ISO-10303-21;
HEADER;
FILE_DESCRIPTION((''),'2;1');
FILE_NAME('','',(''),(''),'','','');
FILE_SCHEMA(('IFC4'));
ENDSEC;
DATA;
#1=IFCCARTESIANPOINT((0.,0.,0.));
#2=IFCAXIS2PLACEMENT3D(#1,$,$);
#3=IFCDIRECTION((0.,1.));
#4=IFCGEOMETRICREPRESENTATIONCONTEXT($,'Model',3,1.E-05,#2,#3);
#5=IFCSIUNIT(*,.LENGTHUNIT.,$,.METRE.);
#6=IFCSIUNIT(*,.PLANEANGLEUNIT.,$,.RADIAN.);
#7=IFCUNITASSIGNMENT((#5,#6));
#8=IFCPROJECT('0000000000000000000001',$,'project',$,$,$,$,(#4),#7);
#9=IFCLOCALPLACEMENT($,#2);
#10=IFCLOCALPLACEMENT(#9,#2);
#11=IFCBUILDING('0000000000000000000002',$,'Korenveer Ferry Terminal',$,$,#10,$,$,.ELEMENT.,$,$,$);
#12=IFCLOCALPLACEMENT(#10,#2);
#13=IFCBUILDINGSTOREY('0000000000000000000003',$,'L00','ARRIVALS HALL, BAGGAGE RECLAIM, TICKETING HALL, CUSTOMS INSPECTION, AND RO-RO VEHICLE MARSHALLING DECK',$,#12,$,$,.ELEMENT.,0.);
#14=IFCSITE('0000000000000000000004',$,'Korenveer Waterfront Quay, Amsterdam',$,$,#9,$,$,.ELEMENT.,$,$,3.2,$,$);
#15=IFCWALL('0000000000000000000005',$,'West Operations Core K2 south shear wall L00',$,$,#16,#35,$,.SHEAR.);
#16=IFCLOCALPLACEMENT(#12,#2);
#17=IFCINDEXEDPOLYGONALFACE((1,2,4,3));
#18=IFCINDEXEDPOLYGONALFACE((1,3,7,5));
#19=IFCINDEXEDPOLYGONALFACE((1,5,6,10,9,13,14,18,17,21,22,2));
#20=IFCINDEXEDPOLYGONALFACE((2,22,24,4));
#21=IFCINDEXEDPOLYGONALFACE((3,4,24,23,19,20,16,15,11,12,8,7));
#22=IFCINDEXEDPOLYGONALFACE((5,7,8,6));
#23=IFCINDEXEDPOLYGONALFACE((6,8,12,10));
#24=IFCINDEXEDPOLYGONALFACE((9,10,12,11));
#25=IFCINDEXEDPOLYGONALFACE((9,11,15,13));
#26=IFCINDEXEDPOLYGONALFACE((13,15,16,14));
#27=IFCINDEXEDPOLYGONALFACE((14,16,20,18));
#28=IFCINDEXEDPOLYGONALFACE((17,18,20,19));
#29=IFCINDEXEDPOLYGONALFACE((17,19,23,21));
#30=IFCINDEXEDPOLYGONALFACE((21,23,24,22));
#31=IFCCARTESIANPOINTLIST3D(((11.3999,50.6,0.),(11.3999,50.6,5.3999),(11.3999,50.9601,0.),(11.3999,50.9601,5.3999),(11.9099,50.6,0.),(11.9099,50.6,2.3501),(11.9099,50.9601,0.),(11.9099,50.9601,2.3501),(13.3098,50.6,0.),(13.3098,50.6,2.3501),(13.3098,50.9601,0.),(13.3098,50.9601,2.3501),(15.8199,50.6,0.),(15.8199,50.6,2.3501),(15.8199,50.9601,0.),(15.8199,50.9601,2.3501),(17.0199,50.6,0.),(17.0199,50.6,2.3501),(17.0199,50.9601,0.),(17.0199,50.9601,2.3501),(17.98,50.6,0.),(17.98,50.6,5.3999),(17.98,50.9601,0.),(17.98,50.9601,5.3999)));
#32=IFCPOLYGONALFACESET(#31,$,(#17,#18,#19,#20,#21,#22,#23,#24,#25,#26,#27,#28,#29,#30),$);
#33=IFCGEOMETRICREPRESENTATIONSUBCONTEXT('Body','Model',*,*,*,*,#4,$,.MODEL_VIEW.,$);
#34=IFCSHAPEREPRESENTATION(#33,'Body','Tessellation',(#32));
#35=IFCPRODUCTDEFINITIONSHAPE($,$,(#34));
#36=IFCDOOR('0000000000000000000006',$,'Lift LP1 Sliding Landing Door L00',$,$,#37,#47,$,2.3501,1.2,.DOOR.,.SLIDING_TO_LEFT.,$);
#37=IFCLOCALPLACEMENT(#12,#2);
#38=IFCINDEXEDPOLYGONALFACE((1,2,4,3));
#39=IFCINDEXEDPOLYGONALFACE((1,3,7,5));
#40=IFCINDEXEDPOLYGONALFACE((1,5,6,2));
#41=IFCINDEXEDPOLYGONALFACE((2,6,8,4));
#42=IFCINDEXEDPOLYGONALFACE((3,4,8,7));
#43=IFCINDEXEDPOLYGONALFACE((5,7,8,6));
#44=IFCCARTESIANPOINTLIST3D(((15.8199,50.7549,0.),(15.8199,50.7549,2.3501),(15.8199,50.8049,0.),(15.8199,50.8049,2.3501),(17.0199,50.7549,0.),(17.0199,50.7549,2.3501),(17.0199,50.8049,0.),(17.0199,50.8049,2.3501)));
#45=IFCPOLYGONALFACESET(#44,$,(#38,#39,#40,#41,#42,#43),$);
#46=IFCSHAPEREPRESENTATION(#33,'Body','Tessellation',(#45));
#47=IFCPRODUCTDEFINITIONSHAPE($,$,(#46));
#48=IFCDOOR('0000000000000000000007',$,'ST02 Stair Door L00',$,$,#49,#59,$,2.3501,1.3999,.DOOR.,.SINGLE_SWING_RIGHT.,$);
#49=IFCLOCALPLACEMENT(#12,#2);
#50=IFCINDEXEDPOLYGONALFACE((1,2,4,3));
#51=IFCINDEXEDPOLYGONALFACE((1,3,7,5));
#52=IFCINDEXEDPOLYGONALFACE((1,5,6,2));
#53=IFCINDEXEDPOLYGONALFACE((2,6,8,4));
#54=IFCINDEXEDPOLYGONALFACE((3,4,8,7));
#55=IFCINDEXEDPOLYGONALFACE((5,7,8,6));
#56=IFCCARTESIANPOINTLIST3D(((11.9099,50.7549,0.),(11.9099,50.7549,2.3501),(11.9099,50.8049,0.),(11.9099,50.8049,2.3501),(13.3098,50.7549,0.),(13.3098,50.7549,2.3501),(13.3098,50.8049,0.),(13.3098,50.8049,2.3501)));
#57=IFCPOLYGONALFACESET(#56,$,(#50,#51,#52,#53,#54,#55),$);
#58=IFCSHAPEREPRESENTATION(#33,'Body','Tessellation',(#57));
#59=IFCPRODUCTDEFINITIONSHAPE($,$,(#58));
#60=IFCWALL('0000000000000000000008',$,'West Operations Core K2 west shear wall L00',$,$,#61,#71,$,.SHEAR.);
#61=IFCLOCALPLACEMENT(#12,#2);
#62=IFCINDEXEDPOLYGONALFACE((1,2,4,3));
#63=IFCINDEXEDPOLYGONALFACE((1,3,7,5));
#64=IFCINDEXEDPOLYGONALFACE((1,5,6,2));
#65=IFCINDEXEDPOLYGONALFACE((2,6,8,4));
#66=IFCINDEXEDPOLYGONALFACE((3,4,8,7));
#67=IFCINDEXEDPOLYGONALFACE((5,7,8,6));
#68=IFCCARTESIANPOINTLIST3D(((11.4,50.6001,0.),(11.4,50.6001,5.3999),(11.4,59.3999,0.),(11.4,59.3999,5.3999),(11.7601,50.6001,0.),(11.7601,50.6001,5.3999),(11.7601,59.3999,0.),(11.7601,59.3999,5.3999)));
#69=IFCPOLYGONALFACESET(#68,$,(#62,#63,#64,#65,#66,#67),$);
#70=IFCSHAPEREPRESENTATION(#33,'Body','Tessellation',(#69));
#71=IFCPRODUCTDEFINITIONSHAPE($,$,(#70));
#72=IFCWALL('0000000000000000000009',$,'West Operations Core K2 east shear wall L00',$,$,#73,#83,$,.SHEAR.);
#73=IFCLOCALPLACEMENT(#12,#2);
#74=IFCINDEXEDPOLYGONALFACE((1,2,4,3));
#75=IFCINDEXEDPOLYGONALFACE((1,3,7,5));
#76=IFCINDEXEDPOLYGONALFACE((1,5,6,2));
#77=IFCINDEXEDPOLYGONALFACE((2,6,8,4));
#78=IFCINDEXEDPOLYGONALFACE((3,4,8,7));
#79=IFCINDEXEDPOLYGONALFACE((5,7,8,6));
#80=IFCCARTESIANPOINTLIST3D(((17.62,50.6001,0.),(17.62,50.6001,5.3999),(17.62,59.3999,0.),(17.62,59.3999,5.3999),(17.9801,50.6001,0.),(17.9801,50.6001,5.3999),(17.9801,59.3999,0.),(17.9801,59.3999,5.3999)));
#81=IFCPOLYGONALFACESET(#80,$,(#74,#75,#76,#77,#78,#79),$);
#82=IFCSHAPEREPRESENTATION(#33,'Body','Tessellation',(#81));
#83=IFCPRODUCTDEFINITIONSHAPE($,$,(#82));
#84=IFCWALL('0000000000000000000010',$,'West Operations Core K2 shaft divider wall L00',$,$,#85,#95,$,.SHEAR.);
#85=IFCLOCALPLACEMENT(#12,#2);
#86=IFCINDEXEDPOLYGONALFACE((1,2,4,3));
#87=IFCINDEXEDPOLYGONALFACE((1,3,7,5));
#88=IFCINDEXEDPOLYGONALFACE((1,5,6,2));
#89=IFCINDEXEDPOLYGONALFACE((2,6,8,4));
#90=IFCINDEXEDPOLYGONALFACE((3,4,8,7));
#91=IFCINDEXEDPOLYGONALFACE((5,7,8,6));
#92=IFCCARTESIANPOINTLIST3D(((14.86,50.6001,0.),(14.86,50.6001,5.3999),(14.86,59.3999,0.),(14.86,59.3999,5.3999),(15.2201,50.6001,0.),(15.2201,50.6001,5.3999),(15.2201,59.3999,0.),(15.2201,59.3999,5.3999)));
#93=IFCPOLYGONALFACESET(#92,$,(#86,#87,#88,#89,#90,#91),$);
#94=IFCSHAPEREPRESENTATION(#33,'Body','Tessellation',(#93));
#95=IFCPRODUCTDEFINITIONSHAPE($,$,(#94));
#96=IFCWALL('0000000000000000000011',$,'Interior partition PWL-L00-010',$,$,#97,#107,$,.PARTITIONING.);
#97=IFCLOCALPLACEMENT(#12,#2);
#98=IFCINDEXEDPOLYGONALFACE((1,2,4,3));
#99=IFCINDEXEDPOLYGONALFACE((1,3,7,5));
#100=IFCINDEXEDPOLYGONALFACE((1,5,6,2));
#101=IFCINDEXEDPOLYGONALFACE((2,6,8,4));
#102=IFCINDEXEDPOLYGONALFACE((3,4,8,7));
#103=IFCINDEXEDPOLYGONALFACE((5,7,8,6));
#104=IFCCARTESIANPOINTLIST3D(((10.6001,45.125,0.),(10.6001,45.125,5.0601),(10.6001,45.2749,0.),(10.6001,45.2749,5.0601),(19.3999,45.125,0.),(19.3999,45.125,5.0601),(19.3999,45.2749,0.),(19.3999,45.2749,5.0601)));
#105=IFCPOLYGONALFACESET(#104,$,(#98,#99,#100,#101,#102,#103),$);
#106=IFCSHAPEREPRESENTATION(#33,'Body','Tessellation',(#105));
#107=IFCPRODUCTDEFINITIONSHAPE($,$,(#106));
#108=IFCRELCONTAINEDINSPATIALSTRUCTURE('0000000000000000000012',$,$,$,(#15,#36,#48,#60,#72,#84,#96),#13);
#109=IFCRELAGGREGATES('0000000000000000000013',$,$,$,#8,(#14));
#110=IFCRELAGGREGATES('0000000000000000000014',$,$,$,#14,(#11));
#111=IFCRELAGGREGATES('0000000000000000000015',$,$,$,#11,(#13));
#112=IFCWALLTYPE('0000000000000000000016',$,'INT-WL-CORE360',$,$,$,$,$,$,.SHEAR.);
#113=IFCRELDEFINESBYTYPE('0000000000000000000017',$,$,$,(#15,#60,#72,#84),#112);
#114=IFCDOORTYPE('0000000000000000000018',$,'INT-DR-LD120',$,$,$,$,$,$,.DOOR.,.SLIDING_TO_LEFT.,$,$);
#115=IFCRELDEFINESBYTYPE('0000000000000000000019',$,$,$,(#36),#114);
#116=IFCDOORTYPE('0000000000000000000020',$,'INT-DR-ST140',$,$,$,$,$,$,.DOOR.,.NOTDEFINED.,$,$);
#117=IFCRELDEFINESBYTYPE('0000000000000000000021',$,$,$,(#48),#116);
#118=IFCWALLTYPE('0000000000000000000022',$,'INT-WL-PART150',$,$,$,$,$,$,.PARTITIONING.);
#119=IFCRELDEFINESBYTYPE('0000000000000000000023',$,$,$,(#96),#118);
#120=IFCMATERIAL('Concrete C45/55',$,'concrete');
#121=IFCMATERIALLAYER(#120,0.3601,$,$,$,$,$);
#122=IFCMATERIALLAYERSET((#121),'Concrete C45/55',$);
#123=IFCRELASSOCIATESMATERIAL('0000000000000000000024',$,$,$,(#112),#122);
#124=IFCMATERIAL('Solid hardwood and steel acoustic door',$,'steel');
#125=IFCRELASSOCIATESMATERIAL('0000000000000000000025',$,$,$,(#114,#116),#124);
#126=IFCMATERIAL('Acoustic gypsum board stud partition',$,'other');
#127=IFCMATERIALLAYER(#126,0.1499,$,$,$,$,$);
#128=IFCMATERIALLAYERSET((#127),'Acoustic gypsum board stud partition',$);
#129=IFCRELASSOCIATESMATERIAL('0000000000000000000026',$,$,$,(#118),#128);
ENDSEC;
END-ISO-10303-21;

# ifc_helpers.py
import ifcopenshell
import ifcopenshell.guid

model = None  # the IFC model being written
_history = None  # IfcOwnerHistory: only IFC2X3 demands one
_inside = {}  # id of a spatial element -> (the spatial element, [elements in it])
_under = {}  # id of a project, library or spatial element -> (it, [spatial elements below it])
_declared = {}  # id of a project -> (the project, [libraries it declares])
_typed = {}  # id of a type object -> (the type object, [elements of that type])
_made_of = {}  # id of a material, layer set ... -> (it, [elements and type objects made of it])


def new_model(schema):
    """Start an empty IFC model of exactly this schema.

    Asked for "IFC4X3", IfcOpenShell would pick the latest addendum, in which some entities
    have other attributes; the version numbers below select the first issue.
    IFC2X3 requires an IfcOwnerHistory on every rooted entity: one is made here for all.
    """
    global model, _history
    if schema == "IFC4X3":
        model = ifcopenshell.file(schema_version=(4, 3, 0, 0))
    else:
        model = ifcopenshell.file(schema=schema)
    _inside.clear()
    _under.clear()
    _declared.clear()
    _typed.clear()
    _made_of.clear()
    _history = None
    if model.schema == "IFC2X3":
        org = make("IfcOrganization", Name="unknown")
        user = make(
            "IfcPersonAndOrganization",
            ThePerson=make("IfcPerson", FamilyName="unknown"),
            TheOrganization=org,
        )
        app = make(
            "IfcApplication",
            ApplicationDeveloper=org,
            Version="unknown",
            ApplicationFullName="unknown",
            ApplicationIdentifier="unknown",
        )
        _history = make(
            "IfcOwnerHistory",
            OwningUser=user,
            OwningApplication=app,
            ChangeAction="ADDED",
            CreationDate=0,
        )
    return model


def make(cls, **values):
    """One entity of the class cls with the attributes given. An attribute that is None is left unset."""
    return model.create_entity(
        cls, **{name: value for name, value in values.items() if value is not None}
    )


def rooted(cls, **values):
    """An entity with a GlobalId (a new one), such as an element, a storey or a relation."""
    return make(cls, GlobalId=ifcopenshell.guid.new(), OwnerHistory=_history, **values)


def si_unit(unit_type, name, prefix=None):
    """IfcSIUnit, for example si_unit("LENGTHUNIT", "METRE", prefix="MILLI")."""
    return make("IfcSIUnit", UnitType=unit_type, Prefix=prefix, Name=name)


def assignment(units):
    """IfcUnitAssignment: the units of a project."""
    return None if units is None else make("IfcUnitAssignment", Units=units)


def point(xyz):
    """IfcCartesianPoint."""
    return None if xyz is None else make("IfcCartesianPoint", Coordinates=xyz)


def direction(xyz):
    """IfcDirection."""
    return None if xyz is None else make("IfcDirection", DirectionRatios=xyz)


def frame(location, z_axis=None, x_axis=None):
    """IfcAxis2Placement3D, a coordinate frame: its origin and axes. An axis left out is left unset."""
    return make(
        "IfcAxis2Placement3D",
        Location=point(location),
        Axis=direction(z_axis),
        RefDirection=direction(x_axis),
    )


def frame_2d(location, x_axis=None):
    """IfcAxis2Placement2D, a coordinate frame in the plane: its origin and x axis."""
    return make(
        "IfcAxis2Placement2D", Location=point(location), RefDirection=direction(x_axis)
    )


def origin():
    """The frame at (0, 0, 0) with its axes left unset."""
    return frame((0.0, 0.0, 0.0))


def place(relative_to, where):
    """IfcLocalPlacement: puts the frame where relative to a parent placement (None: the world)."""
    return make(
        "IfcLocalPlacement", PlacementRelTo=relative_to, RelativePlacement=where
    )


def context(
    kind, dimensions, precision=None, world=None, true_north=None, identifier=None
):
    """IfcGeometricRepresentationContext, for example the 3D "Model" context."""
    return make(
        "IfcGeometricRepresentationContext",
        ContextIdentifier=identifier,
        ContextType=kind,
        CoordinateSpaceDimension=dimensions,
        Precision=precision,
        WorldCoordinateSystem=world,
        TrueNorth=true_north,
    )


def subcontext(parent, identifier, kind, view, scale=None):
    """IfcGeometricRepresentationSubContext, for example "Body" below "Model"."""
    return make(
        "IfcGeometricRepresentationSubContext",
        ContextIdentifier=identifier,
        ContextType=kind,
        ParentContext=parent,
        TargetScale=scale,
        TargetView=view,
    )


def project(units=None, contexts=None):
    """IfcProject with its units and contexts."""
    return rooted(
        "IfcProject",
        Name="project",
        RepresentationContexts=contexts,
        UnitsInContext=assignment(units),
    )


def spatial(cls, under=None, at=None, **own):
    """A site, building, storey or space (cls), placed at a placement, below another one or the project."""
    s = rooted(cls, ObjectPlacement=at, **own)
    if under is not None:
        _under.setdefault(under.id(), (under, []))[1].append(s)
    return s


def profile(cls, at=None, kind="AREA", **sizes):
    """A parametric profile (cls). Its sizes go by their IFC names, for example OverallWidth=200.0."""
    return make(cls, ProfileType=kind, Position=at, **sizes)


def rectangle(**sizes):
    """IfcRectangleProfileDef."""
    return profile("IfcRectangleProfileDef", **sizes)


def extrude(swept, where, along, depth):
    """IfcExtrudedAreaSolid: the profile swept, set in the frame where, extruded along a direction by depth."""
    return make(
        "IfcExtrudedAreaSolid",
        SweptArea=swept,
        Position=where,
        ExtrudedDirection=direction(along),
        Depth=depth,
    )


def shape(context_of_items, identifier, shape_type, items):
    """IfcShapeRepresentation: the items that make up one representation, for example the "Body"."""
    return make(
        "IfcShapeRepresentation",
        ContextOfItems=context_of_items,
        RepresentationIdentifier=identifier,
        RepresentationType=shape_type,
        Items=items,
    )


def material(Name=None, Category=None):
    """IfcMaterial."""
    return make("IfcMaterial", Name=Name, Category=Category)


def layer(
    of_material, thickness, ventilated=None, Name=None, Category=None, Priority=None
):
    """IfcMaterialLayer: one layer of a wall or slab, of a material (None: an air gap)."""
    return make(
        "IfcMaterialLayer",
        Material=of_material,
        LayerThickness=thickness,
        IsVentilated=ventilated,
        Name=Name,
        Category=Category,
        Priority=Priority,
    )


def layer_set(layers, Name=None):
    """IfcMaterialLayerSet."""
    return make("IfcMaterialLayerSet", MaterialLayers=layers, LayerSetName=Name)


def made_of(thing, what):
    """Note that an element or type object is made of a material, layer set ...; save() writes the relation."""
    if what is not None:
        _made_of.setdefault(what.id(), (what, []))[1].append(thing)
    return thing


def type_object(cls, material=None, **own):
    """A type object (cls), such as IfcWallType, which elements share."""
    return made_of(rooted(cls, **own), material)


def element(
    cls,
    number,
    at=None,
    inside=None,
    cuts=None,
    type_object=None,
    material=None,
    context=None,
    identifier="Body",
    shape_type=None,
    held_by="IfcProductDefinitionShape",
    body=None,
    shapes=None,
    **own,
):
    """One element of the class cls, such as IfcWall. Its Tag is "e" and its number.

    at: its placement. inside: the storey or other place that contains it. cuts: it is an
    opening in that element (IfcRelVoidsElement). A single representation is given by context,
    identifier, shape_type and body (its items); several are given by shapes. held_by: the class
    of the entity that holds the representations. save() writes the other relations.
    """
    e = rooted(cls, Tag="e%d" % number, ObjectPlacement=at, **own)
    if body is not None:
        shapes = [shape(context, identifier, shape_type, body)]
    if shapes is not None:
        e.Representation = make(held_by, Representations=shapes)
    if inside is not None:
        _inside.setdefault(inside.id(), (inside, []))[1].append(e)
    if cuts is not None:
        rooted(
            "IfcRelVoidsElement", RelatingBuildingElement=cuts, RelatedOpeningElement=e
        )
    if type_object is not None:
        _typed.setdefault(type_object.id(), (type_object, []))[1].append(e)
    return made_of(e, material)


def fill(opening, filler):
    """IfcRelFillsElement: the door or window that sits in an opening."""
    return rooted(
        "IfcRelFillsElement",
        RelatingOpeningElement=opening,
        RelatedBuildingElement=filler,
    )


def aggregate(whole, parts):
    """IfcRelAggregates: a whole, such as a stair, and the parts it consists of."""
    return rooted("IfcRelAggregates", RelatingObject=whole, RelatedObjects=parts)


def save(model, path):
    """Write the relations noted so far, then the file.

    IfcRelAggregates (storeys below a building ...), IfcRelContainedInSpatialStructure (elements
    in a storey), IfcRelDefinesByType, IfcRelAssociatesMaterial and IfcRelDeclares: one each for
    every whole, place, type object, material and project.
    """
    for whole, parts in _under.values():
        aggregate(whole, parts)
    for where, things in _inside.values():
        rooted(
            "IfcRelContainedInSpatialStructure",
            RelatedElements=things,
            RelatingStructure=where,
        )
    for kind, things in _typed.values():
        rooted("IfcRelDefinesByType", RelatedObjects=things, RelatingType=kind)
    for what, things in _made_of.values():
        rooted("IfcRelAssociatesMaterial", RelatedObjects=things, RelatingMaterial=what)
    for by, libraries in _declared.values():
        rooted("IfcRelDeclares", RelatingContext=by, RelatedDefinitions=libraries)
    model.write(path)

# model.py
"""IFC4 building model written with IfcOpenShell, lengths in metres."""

from ifc_helpers import new_model, si_unit, direction, frame, frame_2d, origin, place, context, subcontext, project, spatial, rectangle, extrude, material, layer, layer_set, type_object, element, fill, save


model = new_model("IFC4")

# Units and contexts
model_context = context("Model", 3, precision=1e-05, world=origin(), true_north=direction((0.0, 1.0)))
body_context = subcontext(model_context, "Body", "Model", "MODEL_VIEW")
ifc_project = project(units=[si_unit("LENGTHUNIT", "METRE"), si_unit("PLANEANGLEUNIT", "RADIAN")], contexts=[model_context])

# Site, building, storey
site_placement = place(None, origin())
site = spatial("IfcSite", under=ifc_project, at=site_placement, Name="Korenveer Waterfront Quay, Amsterdam", CompositionType="ELEMENT", RefElevation=3.2)
building_placement = place(site_placement, origin())
building = spatial("IfcBuilding", under=site, at=building_placement, Name="Korenveer Ferry Terminal", CompositionType="ELEMENT")
storey_placement = place(building_placement, origin())
storey = spatial("IfcBuildingStorey", under=building, at=storey_placement, Name="L00", Description="ARRIVALS HALL, BAGGAGE RECLAIM, TICKETING HALL, CUSTOMS INSPECTION, AND RO-RO VEHICLE MARSHALLING DECK", CompositionType="ELEMENT", Elevation=0.0)

# Shared definitions
ifc_material_1 = material(Name="Concrete C45/55", Category="concrete")

# Wall, openings, doors
ifc_layer_1 = layer(ifc_material_1, 0.3601)
ifc_layer_set_1 = layer_set([ifc_layer_1], Name="Concrete C45/55")
wall_type_1 = type_object("IfcWallType", Name="INT-WL-CORE360", PredefinedType="SHEAR", material=ifc_layer_set_1)
wall_1_placement = place(storey_placement, frame((11.3999, 50.78, 0.0), z_axis=(0.0, 0.0, 1.0), x_axis=(1.0, 0.0, 0.0)))
wall_1 = element("IfcWall", 1, at=wall_1_placement, inside=storey, type_object=wall_type_1, Name="West Operations Core K2 south shear wall L00", PredefinedType="SHEAR", context=body_context, shape_type="SweptSolid", body=[
    extrude(rectangle(XDim=6.5801, YDim=0.3601, at=frame_2d((3.29, 0.0))), origin(), (0.0, 0.0, 1.0), 5.3999),
])
opening_1_placement = place(wall_1_placement, frame((0.51, 0.0, 0.0)))
opening_1 = element("IfcOpeningElement", 2, at=opening_1_placement, cuts=wall_1, PredefinedType="OPENING", context=body_context, shape_type="SweptSolid", body=[
    extrude(rectangle(XDim=1.3999, YDim=2.3501, at=frame_2d((0.7, 1.175))), frame((0.0, 0.1899, 0.0), z_axis=(0.0, -1.0, 0.0), x_axis=(1.0, 0.0, 0.0)), (0.0, 0.0, 1.0), 0.3801),
])
opening_2_placement = place(wall_1_placement, frame((4.4199, 0.0, 0.0)))
opening_2 = element("IfcOpeningElement", 3, at=opening_2_placement, cuts=wall_1, PredefinedType="OPENING", context=body_context, shape_type="SweptSolid", body=[
    extrude(rectangle(XDim=1.2, YDim=2.3501, at=frame_2d((0.6001, 1.175))), frame((0.0, 0.1899, 0.0), z_axis=(0.0, -1.0, 0.0), x_axis=(1.0, 0.0, 0.0)), (0.0, 0.0, 1.0), 0.3801),
])
ifc_material_2 = material(Name="Solid hardwood and steel acoustic door", Category="steel")
door_type_1 = type_object("IfcDoorType", Name="INT-DR-LD120", OperationType="SLIDING_TO_LEFT", PredefinedType="DOOR", material=ifc_material_2)
door_1_placement = place(opening_2_placement, origin())
door_1 = element("IfcDoor", 4, at=door_1_placement, inside=storey, type_object=door_type_1, Name="Lift LP1 Sliding Landing Door L00", OperationType="SLIDING_TO_LEFT", OverallHeight=2.3501, OverallWidth=1.2, PredefinedType="DOOR", context=body_context, shape_type="SweptSolid", body=[
    extrude(rectangle(XDim=1.2, YDim=2.3501, at=frame_2d((0.6001, 1.175))), frame((0.0, 0.0249, 0.0), z_axis=(0.0, -1.0, 0.0), x_axis=(1.0, 0.0, 0.0)), (0.0, 0.0, 1.0), 0.05),
])
fill(opening_2, door_1)
door_type_2 = type_object("IfcDoorType", Name="INT-DR-ST140", OperationType="NOTDEFINED", PredefinedType="DOOR", material=ifc_material_2)
door_2_placement = place(opening_1_placement, origin())
door_2 = element("IfcDoor", 5, at=door_2_placement, inside=storey, type_object=door_type_2, Name="ST02 Stair Door L00", OperationType="SINGLE_SWING_RIGHT", OverallHeight=2.3501, OverallWidth=1.3999, PredefinedType="DOOR", context=body_context, shape_type="SweptSolid", body=[
    extrude(rectangle(XDim=1.3999, YDim=2.3501, at=frame_2d((0.7, 1.175))), frame((0.0, 0.0249, 0.0), z_axis=(0.0, -1.0, 0.0), x_axis=(1.0, 0.0, 0.0)), (0.0, 0.0, 1.0), 0.05),
])
fill(opening_1, door_2)

# Walls
for number, where, z_axis, x_axis, name in (
    (6, (11.5801, 50.6001, 0.0), (0.0, 0.0, 1.0), (0.0, 1.0, 0.0), "West Operations Core K2 west shear wall L00"),
    (7, (17.8, 50.6001, 0.0), (0.0, 0.0, 1.0), (0.0, 1.0, 0.0), "West Operations Core K2 east shear wall L00"),
    (8, (15.04, 50.6001, 0.0), (0.0, 0.0, 1.0), (0.0, 1.0, 0.0), "West Operations Core K2 shaft divider wall L00"),
):
    element("IfcWall", number, at=place(storey_placement, frame(where, z_axis=z_axis, x_axis=x_axis)), inside=storey, type_object=wall_type_1, Name=name, PredefinedType="SHEAR", context=body_context, shape_type="SweptSolid", body=[
        extrude(rectangle(XDim=8.7998, YDim=0.3601, at=frame_2d((4.3999, 0.0))), origin(), (0.0, 0.0, 1.0), 5.3999),
    ])
ifc_material_3 = material(Name="Acoustic gypsum board stud partition", Category="other")
ifc_layer_2 = layer(ifc_material_3, 0.1499)
ifc_layer_set_2 = layer_set([ifc_layer_2], Name="Acoustic gypsum board stud partition")
wall_type_2 = type_object("IfcWallType", Name="INT-WL-PART150", PredefinedType="PARTITIONING", material=ifc_layer_set_2)
wall_2_placement = place(storey_placement, frame((10.6001, 45.2, 0.0), z_axis=(0.0, 0.0, 1.0), x_axis=(1.0, 0.0, 0.0)))
element("IfcWall", 9, at=wall_2_placement, inside=storey, type_object=wall_type_2, Name="Interior partition PWL-L00-010", PredefinedType="PARTITIONING", context=body_context, shape_type="SweptSolid", body=[
    extrude(rectangle(XDim=8.7998, YDim=0.1499, at=frame_2d((4.3999, 0.0))), origin(), (0.0, 0.0, 1.0), 5.0601),
])

save(model, "model.ifc")
